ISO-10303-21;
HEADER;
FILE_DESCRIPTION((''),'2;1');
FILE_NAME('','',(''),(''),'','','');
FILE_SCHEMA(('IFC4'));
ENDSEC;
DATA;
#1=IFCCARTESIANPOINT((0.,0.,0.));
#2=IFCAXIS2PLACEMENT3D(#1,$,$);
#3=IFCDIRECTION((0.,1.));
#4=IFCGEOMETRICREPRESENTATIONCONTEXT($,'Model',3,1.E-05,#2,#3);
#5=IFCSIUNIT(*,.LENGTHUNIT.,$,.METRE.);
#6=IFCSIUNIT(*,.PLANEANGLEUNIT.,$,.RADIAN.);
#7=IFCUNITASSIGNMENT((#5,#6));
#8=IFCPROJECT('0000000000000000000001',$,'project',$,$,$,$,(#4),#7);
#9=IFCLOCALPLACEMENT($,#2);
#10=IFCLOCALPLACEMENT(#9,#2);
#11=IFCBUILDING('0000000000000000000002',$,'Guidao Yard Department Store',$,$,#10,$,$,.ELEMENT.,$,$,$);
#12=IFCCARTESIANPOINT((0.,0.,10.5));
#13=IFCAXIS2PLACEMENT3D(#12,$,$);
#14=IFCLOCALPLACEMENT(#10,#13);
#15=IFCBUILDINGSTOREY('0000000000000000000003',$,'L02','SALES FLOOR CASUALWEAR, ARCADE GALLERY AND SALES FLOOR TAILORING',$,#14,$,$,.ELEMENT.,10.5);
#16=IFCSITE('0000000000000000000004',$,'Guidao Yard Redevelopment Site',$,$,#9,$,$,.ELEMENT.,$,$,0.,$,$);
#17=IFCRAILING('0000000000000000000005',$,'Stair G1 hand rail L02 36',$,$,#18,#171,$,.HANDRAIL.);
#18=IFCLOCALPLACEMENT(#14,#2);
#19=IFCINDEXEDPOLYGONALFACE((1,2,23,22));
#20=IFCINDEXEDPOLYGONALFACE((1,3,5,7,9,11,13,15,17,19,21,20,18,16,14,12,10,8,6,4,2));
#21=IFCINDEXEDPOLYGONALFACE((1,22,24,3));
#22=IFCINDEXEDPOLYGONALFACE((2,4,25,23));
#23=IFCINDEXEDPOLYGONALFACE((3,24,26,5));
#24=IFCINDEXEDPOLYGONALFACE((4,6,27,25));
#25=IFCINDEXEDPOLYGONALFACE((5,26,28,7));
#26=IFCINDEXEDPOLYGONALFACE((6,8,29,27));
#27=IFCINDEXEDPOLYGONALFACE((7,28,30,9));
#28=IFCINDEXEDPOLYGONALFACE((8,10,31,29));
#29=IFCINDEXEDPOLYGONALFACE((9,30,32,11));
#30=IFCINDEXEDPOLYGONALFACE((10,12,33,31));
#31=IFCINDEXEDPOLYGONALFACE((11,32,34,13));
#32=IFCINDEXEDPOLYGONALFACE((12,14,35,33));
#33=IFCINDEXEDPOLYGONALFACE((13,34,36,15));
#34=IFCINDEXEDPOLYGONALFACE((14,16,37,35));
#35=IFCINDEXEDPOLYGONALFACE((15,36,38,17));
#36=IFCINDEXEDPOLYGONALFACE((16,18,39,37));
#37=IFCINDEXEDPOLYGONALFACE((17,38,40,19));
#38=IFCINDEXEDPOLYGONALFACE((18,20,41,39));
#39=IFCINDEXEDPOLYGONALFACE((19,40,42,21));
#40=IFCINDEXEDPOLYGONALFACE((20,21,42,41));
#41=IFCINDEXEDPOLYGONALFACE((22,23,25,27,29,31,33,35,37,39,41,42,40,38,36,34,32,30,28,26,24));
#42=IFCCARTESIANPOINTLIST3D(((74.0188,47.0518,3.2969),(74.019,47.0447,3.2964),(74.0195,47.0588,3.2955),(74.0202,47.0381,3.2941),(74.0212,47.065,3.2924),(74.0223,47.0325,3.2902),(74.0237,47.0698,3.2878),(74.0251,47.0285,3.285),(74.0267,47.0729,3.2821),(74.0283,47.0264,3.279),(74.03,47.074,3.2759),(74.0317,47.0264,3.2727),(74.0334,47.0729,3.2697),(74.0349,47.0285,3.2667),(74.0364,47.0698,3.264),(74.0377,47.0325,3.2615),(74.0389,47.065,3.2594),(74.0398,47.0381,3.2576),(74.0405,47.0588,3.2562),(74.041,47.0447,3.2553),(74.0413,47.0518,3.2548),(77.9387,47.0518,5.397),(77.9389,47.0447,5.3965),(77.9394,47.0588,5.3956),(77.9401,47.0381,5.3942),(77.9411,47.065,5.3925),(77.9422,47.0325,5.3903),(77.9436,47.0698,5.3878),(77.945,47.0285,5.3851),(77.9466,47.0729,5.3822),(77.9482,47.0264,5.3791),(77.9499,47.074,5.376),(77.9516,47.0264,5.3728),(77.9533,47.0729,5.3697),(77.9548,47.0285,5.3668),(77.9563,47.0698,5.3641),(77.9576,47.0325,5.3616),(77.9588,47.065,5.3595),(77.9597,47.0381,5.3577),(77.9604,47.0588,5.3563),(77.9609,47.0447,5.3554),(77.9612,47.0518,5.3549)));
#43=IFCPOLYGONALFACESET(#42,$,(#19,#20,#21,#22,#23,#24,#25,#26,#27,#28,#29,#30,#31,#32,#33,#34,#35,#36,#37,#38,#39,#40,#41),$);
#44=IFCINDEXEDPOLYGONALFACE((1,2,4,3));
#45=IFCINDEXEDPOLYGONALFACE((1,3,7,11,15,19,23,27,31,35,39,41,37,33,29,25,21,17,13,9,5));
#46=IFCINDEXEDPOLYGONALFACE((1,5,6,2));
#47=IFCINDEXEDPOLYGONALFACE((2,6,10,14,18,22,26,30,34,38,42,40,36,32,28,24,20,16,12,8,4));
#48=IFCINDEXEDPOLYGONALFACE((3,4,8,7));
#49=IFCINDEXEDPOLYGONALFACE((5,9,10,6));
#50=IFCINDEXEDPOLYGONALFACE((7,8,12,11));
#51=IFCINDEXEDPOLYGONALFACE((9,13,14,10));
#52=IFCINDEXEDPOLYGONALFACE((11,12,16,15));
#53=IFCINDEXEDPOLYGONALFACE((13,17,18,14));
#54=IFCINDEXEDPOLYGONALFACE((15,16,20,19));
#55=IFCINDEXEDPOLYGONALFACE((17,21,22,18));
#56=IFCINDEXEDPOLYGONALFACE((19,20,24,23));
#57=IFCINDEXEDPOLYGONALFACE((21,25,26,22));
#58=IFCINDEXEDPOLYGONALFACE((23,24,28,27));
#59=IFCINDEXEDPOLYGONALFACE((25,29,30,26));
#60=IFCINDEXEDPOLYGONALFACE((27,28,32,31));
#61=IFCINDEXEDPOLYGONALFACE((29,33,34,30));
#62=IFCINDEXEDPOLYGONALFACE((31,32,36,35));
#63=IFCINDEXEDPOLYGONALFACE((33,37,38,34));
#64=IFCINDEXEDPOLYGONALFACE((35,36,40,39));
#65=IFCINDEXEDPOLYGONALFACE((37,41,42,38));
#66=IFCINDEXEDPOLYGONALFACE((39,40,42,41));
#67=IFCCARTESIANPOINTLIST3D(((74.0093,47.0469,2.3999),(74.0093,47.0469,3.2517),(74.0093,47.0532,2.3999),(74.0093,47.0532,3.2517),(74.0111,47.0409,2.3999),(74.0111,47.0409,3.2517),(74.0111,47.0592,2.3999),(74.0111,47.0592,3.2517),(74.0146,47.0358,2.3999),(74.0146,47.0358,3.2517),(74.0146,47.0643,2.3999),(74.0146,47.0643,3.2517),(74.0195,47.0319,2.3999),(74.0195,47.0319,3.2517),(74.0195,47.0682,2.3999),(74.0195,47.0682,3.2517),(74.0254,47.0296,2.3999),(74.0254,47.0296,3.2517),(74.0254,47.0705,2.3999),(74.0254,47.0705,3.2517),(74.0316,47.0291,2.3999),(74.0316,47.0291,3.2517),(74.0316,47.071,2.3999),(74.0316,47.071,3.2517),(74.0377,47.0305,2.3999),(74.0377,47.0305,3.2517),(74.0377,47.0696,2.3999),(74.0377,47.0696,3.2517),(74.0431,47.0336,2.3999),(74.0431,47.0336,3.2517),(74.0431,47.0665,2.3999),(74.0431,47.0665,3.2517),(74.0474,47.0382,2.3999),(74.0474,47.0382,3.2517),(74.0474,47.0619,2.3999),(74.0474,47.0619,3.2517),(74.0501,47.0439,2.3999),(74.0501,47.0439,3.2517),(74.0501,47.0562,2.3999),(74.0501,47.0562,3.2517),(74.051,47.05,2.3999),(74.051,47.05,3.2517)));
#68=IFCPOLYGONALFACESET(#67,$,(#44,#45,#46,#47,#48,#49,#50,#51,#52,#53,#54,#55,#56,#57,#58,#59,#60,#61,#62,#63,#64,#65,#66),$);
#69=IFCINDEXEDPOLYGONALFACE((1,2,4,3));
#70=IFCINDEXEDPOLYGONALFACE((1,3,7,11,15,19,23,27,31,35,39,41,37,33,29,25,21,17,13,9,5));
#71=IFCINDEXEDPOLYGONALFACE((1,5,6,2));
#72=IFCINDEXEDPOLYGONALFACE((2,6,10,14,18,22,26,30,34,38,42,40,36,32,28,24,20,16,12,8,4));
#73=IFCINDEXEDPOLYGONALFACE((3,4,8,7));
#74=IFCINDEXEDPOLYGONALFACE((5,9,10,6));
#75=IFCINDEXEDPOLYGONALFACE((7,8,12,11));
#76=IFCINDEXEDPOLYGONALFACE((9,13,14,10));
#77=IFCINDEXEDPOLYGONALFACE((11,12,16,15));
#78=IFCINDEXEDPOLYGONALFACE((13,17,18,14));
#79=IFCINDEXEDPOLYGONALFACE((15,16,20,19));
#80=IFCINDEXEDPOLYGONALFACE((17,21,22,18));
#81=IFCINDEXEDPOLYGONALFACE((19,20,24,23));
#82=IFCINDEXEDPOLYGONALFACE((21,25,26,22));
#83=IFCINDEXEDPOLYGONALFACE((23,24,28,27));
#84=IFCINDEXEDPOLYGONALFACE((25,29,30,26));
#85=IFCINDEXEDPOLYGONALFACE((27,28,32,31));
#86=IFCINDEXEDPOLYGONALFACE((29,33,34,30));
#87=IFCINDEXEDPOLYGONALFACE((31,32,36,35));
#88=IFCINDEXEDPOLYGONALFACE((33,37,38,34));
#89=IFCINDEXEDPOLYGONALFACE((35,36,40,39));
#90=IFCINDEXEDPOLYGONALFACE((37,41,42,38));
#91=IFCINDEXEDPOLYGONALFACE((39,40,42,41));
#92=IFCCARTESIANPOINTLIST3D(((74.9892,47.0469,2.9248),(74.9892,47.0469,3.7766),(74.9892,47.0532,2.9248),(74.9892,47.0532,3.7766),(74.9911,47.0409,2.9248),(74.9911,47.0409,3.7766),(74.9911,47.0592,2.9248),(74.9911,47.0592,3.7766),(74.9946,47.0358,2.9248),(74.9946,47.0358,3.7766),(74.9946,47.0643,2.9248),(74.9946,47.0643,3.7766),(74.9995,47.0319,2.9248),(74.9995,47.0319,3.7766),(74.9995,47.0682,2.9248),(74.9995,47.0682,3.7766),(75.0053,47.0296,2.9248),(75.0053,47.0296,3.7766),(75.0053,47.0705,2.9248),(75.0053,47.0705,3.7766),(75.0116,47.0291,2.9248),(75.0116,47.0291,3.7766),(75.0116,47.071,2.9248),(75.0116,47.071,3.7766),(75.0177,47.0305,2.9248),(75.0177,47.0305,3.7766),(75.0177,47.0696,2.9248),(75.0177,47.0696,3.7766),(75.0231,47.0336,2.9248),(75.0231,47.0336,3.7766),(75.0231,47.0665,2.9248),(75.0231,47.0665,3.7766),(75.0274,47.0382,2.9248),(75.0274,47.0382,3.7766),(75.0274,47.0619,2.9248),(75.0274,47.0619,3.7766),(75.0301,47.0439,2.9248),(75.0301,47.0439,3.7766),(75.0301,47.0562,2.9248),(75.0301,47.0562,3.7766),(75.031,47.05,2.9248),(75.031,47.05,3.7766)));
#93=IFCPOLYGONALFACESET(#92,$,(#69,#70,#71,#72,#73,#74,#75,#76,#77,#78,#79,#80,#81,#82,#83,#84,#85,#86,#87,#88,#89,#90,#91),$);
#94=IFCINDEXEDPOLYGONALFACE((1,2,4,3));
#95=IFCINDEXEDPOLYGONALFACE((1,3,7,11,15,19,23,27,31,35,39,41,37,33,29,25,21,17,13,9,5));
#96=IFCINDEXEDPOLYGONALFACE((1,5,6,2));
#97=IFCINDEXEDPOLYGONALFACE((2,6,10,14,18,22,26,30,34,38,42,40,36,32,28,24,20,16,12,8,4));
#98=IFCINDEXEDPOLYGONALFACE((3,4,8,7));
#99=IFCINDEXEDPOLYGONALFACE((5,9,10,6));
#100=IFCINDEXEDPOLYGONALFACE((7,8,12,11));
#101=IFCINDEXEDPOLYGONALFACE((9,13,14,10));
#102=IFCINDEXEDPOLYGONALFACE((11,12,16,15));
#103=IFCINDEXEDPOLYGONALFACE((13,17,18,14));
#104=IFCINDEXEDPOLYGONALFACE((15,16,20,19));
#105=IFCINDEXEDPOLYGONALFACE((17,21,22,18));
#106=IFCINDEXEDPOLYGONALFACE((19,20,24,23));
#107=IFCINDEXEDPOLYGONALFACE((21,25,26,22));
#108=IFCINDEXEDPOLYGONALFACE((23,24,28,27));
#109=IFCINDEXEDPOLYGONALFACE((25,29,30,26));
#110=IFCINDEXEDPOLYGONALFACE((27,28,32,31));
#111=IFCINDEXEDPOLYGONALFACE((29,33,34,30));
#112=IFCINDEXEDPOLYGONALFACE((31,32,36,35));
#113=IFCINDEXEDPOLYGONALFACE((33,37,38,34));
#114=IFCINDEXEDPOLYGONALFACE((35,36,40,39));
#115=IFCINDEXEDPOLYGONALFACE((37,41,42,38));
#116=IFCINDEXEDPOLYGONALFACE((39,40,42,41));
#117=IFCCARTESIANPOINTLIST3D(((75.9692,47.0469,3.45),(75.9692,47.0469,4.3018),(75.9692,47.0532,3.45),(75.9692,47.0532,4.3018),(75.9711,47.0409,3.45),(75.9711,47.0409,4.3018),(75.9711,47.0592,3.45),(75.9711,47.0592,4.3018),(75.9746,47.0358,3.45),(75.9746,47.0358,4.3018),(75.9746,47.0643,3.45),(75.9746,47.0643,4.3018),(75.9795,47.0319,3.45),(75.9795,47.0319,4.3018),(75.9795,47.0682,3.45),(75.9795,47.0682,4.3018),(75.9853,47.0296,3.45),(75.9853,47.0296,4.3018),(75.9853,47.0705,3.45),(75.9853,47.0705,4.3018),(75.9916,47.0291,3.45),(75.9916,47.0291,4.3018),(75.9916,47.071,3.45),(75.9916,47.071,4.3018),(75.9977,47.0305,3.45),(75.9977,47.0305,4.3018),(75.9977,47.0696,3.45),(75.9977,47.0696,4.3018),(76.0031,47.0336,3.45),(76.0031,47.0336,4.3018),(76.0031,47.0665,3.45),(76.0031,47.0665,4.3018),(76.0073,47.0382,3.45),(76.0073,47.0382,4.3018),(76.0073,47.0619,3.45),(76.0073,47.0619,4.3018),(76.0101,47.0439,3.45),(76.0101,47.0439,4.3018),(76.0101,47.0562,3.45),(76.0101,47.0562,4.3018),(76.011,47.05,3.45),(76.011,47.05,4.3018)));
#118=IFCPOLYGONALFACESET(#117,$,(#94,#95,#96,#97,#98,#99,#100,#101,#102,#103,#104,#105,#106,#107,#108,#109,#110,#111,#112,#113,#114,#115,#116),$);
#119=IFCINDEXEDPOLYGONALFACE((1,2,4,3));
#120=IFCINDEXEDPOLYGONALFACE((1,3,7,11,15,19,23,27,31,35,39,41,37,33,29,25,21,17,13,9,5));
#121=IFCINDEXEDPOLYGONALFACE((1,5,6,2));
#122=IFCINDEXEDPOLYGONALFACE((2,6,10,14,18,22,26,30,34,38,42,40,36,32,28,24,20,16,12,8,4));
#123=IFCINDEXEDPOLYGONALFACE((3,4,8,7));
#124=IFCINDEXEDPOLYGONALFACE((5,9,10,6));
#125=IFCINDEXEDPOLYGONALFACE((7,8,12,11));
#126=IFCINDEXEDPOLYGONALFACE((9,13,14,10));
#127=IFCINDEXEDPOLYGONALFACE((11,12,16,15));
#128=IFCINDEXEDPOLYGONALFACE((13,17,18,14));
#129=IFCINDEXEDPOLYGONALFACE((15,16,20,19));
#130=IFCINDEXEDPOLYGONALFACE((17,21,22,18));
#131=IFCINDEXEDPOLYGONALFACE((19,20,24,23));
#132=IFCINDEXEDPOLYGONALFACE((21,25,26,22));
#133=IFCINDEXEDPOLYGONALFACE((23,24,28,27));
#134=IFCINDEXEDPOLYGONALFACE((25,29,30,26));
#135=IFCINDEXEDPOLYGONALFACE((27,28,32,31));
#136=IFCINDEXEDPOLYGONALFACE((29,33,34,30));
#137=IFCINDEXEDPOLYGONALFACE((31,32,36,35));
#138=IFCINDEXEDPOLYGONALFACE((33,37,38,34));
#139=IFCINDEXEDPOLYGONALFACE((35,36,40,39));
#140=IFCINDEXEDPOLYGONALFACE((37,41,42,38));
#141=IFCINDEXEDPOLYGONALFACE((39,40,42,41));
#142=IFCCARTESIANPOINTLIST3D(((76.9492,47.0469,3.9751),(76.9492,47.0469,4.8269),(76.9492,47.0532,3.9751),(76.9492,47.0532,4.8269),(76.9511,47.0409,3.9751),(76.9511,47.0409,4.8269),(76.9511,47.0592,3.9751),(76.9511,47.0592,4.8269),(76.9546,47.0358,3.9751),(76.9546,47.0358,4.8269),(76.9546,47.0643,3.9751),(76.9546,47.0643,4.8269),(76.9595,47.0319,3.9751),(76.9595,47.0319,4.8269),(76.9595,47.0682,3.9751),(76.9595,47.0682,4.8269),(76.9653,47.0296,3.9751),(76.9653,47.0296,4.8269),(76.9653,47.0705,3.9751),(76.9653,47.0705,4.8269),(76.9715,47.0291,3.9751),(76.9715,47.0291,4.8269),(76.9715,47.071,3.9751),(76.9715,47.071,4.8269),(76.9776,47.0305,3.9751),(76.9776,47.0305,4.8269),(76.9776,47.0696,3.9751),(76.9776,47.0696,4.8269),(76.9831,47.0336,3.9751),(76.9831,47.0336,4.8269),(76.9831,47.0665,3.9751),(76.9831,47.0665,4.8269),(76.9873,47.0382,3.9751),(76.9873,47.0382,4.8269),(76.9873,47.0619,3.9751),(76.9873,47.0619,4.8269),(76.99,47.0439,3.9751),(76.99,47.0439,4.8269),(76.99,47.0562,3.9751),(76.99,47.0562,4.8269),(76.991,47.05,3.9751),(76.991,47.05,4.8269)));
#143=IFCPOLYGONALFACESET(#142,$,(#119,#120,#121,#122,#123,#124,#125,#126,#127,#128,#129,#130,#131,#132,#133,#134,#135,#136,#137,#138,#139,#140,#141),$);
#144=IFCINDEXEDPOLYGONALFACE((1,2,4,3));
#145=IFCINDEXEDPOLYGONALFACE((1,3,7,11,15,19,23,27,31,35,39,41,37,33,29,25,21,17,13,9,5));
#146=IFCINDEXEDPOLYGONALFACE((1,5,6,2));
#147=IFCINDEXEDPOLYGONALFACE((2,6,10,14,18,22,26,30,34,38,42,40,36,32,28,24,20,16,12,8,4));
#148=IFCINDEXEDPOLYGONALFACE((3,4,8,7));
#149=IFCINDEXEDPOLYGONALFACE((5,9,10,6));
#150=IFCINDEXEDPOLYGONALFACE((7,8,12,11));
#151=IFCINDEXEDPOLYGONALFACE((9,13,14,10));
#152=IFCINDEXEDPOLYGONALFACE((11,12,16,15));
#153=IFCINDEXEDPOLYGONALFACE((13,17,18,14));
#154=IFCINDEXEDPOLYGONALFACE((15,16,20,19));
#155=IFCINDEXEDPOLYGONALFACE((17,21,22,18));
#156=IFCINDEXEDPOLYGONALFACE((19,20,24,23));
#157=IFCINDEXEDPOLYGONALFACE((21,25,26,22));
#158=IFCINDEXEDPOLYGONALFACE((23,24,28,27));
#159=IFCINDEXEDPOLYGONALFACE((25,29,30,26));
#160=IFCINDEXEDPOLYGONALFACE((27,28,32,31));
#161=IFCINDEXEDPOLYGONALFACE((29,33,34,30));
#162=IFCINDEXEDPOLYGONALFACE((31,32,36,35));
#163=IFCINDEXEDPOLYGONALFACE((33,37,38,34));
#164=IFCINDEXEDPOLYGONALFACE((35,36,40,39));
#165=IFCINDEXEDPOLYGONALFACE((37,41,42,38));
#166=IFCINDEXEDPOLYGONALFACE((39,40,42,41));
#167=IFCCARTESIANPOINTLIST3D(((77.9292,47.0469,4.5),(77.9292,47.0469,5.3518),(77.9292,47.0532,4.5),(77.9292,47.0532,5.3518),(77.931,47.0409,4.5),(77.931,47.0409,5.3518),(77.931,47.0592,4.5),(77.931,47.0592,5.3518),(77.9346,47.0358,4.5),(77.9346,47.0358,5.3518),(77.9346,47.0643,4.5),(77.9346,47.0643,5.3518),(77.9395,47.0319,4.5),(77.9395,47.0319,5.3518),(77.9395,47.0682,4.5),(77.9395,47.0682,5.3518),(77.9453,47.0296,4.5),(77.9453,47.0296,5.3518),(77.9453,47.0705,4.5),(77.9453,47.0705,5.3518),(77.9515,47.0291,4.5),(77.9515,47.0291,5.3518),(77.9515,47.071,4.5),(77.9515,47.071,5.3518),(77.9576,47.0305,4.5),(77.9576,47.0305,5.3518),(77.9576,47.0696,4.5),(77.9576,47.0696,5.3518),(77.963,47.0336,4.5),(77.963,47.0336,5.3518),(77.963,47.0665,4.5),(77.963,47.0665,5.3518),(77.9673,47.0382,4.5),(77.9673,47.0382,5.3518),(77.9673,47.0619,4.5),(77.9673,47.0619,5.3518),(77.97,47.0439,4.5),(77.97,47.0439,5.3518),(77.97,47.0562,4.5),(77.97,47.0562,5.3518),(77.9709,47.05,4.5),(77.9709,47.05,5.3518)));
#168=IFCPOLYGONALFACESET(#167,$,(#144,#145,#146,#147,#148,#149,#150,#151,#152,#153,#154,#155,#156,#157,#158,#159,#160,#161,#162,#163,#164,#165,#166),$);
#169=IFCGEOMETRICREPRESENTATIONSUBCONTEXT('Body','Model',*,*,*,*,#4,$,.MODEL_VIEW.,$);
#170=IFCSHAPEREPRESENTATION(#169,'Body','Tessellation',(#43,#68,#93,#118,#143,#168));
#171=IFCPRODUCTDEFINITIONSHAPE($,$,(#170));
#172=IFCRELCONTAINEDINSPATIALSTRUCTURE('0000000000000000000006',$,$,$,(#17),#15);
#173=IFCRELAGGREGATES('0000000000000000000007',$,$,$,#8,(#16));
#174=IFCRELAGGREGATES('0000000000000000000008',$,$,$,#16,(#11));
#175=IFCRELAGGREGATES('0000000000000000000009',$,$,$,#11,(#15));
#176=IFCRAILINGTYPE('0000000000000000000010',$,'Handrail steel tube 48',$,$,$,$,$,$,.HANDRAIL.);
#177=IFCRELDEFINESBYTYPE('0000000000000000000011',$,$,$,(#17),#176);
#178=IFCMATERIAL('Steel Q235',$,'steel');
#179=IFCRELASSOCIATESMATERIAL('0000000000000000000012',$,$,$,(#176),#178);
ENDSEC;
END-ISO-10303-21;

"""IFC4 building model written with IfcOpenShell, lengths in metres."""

from ifc_helpers import new_model, si_unit, direction, frame, origin, origin_2d, place, context, subcontext, project, spatial, circle, extrude, material, type_object, element, save


model = new_model("IFC4")

# Units and contexts
model_context = context("Model", 3, precision=1e-05, world=origin(), true_north=direction((0.0, 1.0)))
body_context = subcontext(model_context, "Body", "Model", "MODEL_VIEW")
ifc_project = project(units=[si_unit("LENGTHUNIT", "METRE"), si_unit("PLANEANGLEUNIT", "RADIAN")], contexts=[model_context])

# Site, building, storey
site_placement = place(None, origin())
site = spatial("IfcSite", under=ifc_project, at=site_placement, Name="Guidao Yard Redevelopment Site", CompositionType="ELEMENT", RefElevation=0.0)
building_placement = place(site_placement, origin())
building = spatial("IfcBuilding", under=site, at=building_placement, Name="Guidao Yard Department Store", CompositionType="ELEMENT")
storey_placement = place(building_placement, frame((0.0, 0.0, 10.5)))
storey = spatial("IfcBuildingStorey", under=building, at=storey_placement, Name="L02", Description="SALES FLOOR CASUALWEAR, ARCADE GALLERY AND SALES FLOOR TAILORING", CompositionType="ELEMENT", Elevation=10.5)

# Railing
ifc_material_1 = material(Name="Steel Q235", Category="steel")
railing_type_1 = type_object("IfcRailingType", Name="Handrail steel tube 48", PredefinedType="HANDRAIL", material=ifc_material_1)
for number, where, name in (
    (1, (74.03, 47.05, 2.3999), "Stair G1 hand rail L02 36"),
):
    element("IfcRailing", number, at=place(storey_placement, frame(where)), inside=storey, type_object=railing_type_1, Name=name, PredefinedType="HANDRAIL", context=body_context, shape_type="SweptSolid", body=[
        extrude(circle(Radius=0.0239, at=origin_2d()), frame((0.0, 0.0, 0.876), z_axis=(0.881467, 0.0, 0.472246), x_axis=(0.0, 1.0, 0.0)), (0.0, 0.0, 1.0), 4.447),
        extrude(circle(Radius=0.021, at=origin_2d()), origin(), (0.0, 0.0, 1.0), 0.8518),
        extrude(circle(Radius=0.021, at=origin_2d()), frame((0.98, 0.0, 0.5249)), (0.0, 0.0, 1.0), 0.8518),
        extrude(circle(Radius=0.021, at=origin_2d()), frame((1.96, 0.0, 1.05)), (0.0, 0.0, 1.0), 0.8518),
        extrude(circle(Radius=0.021, at=origin_2d()), frame((2.9399, 0.0, 1.5752)), (0.0, 0.0, 1.0), 0.8518),
        extrude(circle(Radius=0.021, at=origin_2d()), frame((3.9199, 0.0, 2.1001)), (0.0, 0.0, 1.0), 0.8518),
    ])

save(model, "model.ifc")
